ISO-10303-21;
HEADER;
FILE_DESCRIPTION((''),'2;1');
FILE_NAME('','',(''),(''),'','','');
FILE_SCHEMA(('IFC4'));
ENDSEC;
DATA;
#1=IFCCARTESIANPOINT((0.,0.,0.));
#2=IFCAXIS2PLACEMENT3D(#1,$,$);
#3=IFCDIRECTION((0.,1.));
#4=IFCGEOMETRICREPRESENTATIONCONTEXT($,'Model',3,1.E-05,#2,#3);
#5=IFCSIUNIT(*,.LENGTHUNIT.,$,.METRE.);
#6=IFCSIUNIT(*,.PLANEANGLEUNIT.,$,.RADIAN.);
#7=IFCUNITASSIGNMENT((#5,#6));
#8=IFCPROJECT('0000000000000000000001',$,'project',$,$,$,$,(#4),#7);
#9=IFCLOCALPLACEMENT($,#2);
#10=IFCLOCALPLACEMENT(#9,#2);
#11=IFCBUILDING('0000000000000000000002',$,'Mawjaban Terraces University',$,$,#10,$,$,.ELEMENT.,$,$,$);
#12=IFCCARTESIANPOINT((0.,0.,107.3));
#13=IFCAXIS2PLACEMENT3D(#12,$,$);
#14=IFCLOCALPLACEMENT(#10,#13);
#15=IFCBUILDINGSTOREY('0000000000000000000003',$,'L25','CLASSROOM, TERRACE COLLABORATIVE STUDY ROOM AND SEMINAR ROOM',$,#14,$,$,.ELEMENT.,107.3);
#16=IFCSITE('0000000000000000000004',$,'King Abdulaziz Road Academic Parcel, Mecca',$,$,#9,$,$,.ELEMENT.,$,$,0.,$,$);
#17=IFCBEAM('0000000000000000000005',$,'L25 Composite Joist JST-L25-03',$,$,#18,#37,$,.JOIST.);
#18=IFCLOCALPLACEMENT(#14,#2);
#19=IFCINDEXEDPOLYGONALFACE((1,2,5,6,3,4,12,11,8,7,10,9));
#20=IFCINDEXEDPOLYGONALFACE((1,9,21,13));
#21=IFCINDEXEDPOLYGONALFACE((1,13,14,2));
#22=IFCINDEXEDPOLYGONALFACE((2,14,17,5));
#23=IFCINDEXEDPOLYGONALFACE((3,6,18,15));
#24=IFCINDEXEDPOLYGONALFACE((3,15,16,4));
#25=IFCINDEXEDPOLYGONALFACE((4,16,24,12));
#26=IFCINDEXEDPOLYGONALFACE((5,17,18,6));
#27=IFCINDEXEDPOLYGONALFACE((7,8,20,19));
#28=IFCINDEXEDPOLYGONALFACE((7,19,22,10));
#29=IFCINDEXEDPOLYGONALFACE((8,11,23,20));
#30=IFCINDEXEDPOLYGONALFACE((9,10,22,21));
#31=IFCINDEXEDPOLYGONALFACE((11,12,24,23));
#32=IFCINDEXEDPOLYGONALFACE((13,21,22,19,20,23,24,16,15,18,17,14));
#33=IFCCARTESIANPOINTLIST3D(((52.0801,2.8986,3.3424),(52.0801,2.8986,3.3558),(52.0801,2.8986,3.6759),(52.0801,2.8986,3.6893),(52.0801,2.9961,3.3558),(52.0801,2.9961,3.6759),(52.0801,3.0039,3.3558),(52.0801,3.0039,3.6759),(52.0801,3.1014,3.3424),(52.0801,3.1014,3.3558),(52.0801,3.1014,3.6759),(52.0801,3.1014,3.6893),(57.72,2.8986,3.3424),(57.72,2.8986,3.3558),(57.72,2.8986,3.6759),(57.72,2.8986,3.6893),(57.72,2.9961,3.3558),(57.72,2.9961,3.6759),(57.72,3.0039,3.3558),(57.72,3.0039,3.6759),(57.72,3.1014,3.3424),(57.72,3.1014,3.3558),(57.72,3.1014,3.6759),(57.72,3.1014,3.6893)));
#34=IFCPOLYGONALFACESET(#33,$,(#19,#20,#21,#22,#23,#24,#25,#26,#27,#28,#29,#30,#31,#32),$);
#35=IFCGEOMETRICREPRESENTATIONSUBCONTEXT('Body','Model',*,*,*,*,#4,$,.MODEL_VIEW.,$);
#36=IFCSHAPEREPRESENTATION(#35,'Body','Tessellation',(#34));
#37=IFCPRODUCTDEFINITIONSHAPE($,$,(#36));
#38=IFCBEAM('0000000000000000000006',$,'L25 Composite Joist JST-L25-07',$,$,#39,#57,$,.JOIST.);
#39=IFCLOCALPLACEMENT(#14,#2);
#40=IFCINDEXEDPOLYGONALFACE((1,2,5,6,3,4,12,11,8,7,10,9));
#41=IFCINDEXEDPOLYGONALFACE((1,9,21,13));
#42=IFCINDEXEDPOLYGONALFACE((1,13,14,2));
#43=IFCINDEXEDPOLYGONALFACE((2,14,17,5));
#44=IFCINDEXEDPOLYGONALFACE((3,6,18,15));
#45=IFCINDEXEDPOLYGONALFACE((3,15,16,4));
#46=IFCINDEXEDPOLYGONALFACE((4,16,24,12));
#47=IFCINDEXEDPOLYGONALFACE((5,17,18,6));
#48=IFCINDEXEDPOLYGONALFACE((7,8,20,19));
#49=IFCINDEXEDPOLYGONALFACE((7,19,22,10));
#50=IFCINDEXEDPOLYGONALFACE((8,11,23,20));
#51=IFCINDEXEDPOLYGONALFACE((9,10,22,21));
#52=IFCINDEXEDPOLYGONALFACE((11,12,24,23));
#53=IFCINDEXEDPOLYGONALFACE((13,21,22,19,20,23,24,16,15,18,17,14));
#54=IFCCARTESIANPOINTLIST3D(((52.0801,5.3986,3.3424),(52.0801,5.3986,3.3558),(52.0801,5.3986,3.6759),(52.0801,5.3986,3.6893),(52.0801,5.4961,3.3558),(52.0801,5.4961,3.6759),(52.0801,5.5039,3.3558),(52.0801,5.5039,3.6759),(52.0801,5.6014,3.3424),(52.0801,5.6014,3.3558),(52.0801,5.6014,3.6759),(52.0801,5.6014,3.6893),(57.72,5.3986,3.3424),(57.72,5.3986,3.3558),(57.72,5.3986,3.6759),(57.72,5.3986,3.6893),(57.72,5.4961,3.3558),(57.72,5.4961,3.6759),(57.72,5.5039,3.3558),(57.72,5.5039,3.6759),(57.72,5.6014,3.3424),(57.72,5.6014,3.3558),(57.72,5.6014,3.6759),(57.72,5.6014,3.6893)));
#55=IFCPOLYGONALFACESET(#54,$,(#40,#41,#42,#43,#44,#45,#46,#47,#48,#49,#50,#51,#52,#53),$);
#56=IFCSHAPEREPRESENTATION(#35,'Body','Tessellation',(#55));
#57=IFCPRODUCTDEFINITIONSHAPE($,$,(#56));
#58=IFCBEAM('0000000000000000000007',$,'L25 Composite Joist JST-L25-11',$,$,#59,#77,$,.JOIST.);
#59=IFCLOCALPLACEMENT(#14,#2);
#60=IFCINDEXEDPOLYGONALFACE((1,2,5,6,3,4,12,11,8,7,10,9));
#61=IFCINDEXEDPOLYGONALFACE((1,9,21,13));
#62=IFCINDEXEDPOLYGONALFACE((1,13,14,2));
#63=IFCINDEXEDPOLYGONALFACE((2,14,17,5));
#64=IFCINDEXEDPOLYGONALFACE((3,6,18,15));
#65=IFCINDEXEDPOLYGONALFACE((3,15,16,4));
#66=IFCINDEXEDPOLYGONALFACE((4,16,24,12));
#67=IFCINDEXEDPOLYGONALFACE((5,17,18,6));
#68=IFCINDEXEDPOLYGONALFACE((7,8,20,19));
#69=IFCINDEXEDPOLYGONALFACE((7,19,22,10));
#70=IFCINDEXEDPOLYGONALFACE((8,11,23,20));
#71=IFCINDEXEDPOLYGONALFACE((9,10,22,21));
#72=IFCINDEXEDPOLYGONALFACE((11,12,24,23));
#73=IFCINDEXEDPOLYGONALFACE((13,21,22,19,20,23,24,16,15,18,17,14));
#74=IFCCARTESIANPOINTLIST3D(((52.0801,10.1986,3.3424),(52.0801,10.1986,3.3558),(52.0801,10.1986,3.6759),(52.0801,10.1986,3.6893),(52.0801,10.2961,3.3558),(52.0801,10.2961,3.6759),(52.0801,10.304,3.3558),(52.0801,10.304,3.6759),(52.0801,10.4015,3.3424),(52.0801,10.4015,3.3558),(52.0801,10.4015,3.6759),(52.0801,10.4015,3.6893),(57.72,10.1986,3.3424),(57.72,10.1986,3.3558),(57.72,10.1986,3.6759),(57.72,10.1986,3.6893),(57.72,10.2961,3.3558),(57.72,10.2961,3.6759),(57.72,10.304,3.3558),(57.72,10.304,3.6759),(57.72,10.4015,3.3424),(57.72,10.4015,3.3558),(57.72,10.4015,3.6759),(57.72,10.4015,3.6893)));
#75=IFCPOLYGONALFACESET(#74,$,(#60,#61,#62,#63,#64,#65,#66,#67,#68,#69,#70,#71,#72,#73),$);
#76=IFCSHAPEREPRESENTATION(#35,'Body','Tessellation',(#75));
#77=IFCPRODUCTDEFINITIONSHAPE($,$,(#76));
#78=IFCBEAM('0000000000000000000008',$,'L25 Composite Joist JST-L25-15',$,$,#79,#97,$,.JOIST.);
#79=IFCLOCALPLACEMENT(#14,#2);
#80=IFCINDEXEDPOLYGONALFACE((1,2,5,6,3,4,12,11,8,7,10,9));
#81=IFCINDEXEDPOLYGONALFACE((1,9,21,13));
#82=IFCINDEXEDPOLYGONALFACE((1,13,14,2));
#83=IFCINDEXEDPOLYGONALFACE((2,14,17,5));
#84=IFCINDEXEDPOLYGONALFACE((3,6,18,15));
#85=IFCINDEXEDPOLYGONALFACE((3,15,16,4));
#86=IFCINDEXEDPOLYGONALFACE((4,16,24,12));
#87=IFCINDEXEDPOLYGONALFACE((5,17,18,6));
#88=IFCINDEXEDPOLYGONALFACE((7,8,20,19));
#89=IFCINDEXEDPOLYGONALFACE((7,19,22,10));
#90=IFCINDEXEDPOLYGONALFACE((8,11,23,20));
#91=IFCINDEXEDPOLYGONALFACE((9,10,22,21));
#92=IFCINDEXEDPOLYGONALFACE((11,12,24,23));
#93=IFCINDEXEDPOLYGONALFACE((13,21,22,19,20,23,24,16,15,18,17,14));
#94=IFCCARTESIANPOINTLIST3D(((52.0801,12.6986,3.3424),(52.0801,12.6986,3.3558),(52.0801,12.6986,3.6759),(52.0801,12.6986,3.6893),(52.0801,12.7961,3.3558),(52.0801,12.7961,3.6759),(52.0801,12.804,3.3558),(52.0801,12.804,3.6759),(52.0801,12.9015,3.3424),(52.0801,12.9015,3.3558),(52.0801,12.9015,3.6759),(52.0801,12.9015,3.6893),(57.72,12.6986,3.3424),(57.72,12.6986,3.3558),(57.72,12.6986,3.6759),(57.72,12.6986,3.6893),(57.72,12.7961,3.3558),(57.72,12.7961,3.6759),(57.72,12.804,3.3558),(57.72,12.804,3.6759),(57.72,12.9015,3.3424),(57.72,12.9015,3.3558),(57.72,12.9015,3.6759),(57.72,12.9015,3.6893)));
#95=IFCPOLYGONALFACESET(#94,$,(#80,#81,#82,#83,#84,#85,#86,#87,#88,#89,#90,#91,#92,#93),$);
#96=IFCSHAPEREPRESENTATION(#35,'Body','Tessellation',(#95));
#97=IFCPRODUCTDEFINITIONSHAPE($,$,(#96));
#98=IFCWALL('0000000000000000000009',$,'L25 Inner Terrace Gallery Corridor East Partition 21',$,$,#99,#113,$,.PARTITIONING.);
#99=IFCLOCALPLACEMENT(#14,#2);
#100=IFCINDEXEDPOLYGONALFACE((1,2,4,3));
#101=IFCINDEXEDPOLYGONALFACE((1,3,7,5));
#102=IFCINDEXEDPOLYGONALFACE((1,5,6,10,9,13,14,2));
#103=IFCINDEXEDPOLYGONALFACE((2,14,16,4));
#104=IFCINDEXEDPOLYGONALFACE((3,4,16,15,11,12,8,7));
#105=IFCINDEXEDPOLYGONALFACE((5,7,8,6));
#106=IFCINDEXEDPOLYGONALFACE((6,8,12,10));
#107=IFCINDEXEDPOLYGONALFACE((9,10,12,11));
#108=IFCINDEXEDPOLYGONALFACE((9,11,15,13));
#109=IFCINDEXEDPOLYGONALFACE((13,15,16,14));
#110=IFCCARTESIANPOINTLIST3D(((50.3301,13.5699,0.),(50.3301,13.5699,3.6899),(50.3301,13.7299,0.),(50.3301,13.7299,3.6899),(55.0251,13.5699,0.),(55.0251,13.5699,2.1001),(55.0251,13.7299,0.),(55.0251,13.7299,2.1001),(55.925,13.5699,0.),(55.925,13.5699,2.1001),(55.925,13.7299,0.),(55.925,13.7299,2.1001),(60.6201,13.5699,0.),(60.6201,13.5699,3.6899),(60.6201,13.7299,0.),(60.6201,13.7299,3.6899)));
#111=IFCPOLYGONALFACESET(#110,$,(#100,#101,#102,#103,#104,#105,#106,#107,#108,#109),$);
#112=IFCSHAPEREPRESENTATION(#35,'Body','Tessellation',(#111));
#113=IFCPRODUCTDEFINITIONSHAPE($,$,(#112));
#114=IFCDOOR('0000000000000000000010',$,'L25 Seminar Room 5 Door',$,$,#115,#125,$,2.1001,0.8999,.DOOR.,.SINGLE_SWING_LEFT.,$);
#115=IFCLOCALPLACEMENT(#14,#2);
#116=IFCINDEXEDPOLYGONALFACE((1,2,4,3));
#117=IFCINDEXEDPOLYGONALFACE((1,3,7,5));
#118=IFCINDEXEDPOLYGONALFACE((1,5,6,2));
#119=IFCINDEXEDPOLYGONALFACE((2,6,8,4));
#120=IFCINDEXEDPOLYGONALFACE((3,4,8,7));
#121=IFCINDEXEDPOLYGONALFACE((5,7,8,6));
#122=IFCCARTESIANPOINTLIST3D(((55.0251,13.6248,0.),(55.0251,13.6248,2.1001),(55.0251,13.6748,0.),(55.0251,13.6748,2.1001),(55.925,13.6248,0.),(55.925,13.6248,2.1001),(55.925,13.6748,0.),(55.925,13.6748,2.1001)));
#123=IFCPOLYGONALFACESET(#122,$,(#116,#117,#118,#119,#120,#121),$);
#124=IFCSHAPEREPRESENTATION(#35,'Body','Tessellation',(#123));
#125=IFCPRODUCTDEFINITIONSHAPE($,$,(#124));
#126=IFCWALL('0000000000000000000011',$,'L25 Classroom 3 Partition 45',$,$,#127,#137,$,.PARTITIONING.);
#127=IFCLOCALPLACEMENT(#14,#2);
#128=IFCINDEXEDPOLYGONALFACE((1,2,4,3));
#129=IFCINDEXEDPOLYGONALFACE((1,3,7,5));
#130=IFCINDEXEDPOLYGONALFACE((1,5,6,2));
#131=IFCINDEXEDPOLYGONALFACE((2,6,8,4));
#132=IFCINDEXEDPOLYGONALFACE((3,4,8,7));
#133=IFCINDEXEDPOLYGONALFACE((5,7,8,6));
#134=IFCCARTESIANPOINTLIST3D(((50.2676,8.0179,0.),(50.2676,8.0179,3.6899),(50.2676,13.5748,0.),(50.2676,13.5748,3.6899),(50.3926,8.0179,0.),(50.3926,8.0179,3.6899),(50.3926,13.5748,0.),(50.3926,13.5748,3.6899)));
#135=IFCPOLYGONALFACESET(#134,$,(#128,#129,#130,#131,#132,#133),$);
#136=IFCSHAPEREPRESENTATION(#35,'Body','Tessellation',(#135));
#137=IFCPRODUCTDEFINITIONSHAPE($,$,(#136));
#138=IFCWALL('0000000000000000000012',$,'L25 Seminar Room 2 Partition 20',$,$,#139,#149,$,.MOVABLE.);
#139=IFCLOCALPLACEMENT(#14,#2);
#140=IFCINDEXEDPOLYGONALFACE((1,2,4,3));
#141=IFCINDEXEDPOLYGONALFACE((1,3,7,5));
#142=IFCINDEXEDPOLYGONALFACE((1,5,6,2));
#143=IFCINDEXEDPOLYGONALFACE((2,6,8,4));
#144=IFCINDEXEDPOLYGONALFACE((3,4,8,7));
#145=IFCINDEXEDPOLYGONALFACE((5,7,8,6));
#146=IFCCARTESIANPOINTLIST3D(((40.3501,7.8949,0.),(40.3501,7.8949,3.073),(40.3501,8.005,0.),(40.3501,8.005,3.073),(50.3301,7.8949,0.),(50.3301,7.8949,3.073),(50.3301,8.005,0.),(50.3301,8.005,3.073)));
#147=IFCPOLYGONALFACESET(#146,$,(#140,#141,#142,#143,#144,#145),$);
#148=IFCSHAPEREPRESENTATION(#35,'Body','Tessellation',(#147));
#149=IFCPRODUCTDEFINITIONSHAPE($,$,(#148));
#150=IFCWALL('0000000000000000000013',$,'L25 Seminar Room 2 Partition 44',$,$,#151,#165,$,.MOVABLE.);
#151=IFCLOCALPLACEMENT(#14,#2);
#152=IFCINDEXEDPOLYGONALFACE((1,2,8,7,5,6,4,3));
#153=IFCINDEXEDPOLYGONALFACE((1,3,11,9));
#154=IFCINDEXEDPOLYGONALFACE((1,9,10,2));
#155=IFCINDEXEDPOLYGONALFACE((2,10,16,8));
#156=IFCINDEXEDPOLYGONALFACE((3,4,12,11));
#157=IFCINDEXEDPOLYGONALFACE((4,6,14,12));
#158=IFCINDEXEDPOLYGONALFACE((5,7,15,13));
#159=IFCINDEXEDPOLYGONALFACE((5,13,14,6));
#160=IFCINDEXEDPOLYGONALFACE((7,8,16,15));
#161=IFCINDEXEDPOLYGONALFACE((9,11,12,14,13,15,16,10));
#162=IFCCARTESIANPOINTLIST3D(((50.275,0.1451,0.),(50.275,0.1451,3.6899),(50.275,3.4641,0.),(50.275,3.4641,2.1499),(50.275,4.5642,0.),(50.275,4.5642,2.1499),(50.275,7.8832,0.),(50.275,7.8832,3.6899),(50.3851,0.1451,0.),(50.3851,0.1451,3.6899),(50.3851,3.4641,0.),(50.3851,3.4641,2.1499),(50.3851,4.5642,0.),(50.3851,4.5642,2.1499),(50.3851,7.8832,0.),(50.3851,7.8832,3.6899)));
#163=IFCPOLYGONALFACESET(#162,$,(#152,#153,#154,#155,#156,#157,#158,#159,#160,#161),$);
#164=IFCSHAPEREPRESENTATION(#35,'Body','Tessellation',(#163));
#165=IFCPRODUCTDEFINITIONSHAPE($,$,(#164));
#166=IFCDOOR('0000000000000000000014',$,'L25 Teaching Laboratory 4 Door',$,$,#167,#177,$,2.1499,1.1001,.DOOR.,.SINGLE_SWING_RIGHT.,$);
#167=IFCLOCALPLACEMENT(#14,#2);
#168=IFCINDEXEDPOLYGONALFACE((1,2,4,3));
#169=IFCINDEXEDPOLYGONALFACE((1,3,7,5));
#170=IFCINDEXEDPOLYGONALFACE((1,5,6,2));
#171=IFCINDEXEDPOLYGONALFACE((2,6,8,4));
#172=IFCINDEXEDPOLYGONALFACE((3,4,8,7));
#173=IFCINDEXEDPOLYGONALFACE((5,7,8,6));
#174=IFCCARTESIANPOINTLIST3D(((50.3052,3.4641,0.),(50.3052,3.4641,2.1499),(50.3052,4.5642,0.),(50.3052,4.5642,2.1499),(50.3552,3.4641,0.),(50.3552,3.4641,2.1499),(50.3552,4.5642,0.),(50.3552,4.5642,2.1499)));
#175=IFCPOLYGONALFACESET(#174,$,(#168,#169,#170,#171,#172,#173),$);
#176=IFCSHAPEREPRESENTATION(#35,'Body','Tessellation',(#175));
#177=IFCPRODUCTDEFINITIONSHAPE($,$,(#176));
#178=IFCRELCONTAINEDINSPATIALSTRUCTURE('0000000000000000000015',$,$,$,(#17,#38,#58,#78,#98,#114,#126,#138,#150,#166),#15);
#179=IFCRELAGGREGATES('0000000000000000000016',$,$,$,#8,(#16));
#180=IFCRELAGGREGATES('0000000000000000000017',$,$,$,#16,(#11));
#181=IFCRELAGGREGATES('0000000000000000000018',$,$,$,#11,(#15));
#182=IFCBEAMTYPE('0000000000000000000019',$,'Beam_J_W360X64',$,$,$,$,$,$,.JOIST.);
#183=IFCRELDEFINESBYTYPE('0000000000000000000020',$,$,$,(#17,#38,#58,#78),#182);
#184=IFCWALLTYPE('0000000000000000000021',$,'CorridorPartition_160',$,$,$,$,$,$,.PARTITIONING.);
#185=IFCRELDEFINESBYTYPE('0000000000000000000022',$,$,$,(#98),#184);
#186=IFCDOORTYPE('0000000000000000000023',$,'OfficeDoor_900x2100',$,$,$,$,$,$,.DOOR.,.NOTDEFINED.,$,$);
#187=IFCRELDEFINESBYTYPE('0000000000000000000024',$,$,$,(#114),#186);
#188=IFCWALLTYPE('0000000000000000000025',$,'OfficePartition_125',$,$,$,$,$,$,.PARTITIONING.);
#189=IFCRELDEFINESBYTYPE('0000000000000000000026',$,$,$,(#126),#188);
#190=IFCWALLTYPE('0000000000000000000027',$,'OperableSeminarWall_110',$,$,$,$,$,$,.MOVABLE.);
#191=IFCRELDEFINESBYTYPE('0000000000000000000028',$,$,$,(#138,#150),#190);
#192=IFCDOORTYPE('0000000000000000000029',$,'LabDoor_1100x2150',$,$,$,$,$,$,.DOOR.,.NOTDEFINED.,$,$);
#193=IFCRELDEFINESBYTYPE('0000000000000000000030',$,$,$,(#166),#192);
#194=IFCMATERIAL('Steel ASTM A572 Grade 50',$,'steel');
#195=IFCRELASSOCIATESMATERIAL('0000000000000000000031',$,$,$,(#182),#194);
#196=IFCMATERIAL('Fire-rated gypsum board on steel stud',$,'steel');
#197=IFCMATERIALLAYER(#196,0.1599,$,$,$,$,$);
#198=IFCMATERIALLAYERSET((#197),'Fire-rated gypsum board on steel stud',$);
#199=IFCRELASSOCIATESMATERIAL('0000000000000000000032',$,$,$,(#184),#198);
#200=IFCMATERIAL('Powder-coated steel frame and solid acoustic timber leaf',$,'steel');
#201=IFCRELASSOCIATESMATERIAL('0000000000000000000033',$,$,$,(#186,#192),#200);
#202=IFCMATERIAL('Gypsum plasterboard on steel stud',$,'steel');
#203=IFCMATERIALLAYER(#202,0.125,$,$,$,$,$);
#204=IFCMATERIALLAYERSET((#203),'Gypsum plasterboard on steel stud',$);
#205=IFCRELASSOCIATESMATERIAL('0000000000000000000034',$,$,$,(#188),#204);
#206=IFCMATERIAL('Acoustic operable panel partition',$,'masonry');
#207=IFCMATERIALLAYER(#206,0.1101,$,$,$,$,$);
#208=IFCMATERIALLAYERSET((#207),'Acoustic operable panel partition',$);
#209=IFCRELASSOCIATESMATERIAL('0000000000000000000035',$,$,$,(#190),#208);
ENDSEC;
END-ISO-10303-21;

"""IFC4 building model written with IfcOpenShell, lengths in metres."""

from ifc_helpers import new_model, si_unit, direction, frame, frame_2d, origin, origin_2d, place, context, subcontext, project, spatial, rectangle, i_section, extrude, material, layer, layer_set, material_profile, profile_set, type_object, element, fill, save


model = new_model("IFC4")

# Units and contexts
model_context = context("Model", 3, precision=1e-05, world=origin(), true_north=direction((0.0, 1.0)))
body_context = subcontext(model_context, "Body", "Model", "MODEL_VIEW")
ifc_project = project(units=[si_unit("LENGTHUNIT", "METRE"), si_unit("PLANEANGLEUNIT", "RADIAN")], contexts=[model_context])

# Site, building, storey
site_placement = place(None, origin())
site = spatial("IfcSite", under=ifc_project, at=site_placement, Name="King Abdulaziz Road Academic Parcel, Mecca", CompositionType="ELEMENT", RefElevation=0.0)
building_placement = place(site_placement, origin())
building = spatial("IfcBuilding", under=site, at=building_placement, Name="Mawjaban Terraces University", CompositionType="ELEMENT")
storey_placement = place(building_placement, frame((0.0, 0.0, 107.3)))
storey = spatial("IfcBuildingStorey", under=building, at=storey_placement, Name="L25", Description="CLASSROOM, TERRACE COLLABORATIVE STUDY ROOM AND SEMINAR ROOM", CompositionType="ELEMENT", Elevation=107.3)

# Beams
ifc_material_1 = material(Name="Steel ASTM A572 Grade 50", Category="steel")
ifc_material_profile_1 = material_profile(ifc_material_1, i_section(OverallWidth=0.2029, OverallDepth=0.3469, WebThickness=0.0078, FlangeThickness=0.0134, at=origin_2d()), Name="W360X64")
ifc_profile_set_1 = profile_set([ifc_material_profile_1], Name="Steel ASTM A572 Grade 50")
beam_type_1 = type_object("IfcBeamType", Name="Beam_J_W360X64", PredefinedType="JOIST", material=ifc_profile_set_1)
for number, where, z_axis, x_axis, name in (
    (1, (52.0801, 3.0, 3.5159), (1.0, 0.0, 0.0), (0.0, 1.0, 0.0), "L25 Composite Joist JST-L25-03"),
    (2, (52.0801, 5.5, 3.5159), (1.0, 0.0, 0.0), (0.0, 1.0, 0.0), "L25 Composite Joist JST-L25-07"),
    (3, (52.0801, 10.3, 3.5159), (1.0, 0.0, 0.0), (0.0, 1.0, 0.0), "L25 Composite Joist JST-L25-11"),
    (4, (52.0801, 12.8, 3.5159), (1.0, 0.0, 0.0), (0.0, 1.0, 0.0), "L25 Composite Joist JST-L25-15"),
):
    element("IfcBeam", number, at=place(storey_placement, frame(where, z_axis=z_axis, x_axis=x_axis)), inside=storey, type_object=beam_type_1, Name=name, PredefinedType="JOIST", context=body_context, shape_type="SweptSolid", body=[
        extrude(i_section(OverallWidth=0.2029, OverallDepth=0.3469, WebThickness=0.0078, FlangeThickness=0.0134, at=origin_2d()), origin(), (0.0, 0.0, 1.0), 5.6399),
    ])

# Wall, opening, door
ifc_material_2 = material(Name="Fire-rated gypsum board on steel stud", Category="steel")
ifc_layer_1 = layer(ifc_material_2, 0.1599)
ifc_layer_set_1 = layer_set([ifc_layer_1], Name="Fire-rated gypsum board on steel stud")
wall_type_1 = type_object("IfcWallType", Name="CorridorPartition_160", PredefinedType="PARTITIONING", material=ifc_layer_set_1)
wall_1_placement = place(storey_placement, frame((50.3301, 13.6499, 0.0), z_axis=(0.0, 0.0, 1.0), x_axis=(1.0, 0.0, 0.0)))
wall_1 = element("IfcWall", 5, at=wall_1_placement, inside=storey, type_object=wall_type_1, Name="L25 Inner Terrace Gallery Corridor East Partition 21", PredefinedType="PARTITIONING", context=body_context, shape_type="SweptSolid", body=[
    extrude(rectangle(XDim=10.29, YDim=0.1599, at=frame_2d((5.145, 0.0))), origin(), (0.0, 0.0, 1.0), 3.6899),
])
opening_1_placement = place(wall_1_placement, frame((4.6951, 0.0, 0.0)))
opening_1 = element("IfcOpeningElement", 6, at=opening_1_placement, cuts=wall_1, PredefinedType="OPENING", context=body_context, shape_type="SweptSolid", body=[
    extrude(rectangle(XDim=0.8999, YDim=2.1001, at=frame_2d((0.45, 1.05))), frame((0.0, 0.0898, 0.0), z_axis=(0.0, -1.0, 0.0), x_axis=(1.0, 0.0, 0.0)), (0.0, 0.0, 1.0), 0.1799),
])
ifc_material_3 = material(Name="Powder-coated steel frame and solid acoustic timber leaf", Category="steel")
door_type_1 = type_object("IfcDoorType", Name="OfficeDoor_900x2100", OperationType="NOTDEFINED", PredefinedType="DOOR", material=ifc_material_3)
door_1_placement = place(opening_1_placement, origin())
door_1 = element("IfcDoor", 7, at=door_1_placement, inside=storey, type_object=door_type_1, Name="L25 Seminar Room 5 Door", OperationType="SINGLE_SWING_LEFT", OverallHeight=2.1001, OverallWidth=0.8999, PredefinedType="DOOR", context=body_context, shape_type="SweptSolid", body=[
    extrude(rectangle(XDim=0.8999, YDim=2.1001, at=frame_2d((0.45, 1.05))), frame((0.0, 0.0249, 0.0), z_axis=(0.0, -1.0, 0.0), x_axis=(1.0, 0.0, 0.0)), (0.0, 0.0, 1.0), 0.05),
])
fill(opening_1, door_1)

# Walls
ifc_material_4 = material(Name="Gypsum plasterboard on steel stud", Category="steel")
ifc_layer_2 = layer(ifc_material_4, 0.125)
ifc_layer_set_2 = layer_set([ifc_layer_2], Name="Gypsum plasterboard on steel stud")
wall_type_2 = type_object("IfcWallType", Name="OfficePartition_125", PredefinedType="PARTITIONING", material=ifc_layer_set_2)
wall_2_placement = place(storey_placement, frame((50.3301, 8.0181, 0.0), z_axis=(0.0, 0.0, 1.0), x_axis=(0.0, 1.0, 0.0)))
element("IfcWall", 8, at=wall_2_placement, inside=storey, type_object=wall_type_2, Name="L25 Classroom 3 Partition 45", PredefinedType="PARTITIONING", context=body_context, shape_type="SweptSolid", body=[
    extrude(rectangle(XDim=5.5569, YDim=0.125, at=frame_2d((2.7783, 0.0))), origin(), (0.0, 0.0, 1.0), 3.6899),
])
ifc_material_5 = material(Name="Acoustic operable panel partition", Category="masonry")
ifc_layer_3 = layer(ifc_material_5, 0.1101)
ifc_layer_set_3 = layer_set([ifc_layer_3], Name="Acoustic operable panel partition")
wall_type_3 = type_object("IfcWallType", Name="OperableSeminarWall_110", PredefinedType="MOVABLE", material=ifc_layer_set_3)
wall_3_placement = place(storey_placement, frame((50.3301, 7.95, 0.0), z_axis=(0.0, 0.0, 1.0), x_axis=(-1.0, 0.0, 0.0)))
element("IfcWall", 9, at=wall_3_placement, inside=storey, type_object=wall_type_3, Name="L25 Seminar Room 2 Partition 20", PredefinedType="MOVABLE", context=body_context, shape_type="SweptSolid", body=[
    extrude(rectangle(XDim=9.98, YDim=0.1101, at=frame_2d((4.99, 0.0))), origin(), (0.0, 0.0, 1.0), 3.073),
])

# Wall, opening, door
wall_4_placement = place(storey_placement, frame((50.3301, 0.145, 0.0), z_axis=(0.0, 0.0, 1.0), x_axis=(0.0, 1.0, 0.0)))
wall_4 = element("IfcWall", 10, at=wall_4_placement, inside=storey, type_object=wall_type_3, Name="L25 Seminar Room 2 Partition 44", PredefinedType="MOVABLE", context=body_context, shape_type="SweptSolid", body=[
    extrude(rectangle(XDim=7.738, YDim=0.1101, at=frame_2d((3.8691, 0.0))), origin(), (0.0, 0.0, 1.0), 3.6899),
])
opening_2_placement = place(wall_4_placement, frame((3.3191, 0.0, 0.0)))
opening_2 = element("IfcOpeningElement", 11, at=opening_2_placement, cuts=wall_4, PredefinedType="OPENING", context=body_context, shape_type="SweptSolid", body=[
    extrude(rectangle(XDim=1.1001, YDim=2.1499, at=frame_2d((0.55, 1.075))), frame((0.0, 0.0649, 0.0), z_axis=(0.0, -1.0, 0.0), x_axis=(1.0, 0.0, 0.0)), (0.0, 0.0, 1.0), 0.1301),
])
door_type_2 = type_object("IfcDoorType", Name="LabDoor_1100x2150", OperationType="NOTDEFINED", PredefinedType="DOOR", material=ifc_material_3)
door_2_placement = place(opening_2_placement, origin())
door_2 = element("IfcDoor", 12, at=door_2_placement, inside=storey, type_object=door_type_2, Name="L25 Teaching Laboratory 4 Door", OperationType="SINGLE_SWING_RIGHT", OverallHeight=2.1499, OverallWidth=1.1001, PredefinedType="DOOR", context=body_context, shape_type="SweptSolid", body=[
    extrude(rectangle(XDim=1.1001, YDim=2.1499, at=frame_2d((0.55, 1.075))), frame((0.0, 0.0249, 0.0), z_axis=(0.0, -1.0, 0.0), x_axis=(1.0, 0.0, 0.0)), (0.0, 0.0, 1.0), 0.05),
])
fill(opening_2, door_2)

save(model, "model.ifc")
